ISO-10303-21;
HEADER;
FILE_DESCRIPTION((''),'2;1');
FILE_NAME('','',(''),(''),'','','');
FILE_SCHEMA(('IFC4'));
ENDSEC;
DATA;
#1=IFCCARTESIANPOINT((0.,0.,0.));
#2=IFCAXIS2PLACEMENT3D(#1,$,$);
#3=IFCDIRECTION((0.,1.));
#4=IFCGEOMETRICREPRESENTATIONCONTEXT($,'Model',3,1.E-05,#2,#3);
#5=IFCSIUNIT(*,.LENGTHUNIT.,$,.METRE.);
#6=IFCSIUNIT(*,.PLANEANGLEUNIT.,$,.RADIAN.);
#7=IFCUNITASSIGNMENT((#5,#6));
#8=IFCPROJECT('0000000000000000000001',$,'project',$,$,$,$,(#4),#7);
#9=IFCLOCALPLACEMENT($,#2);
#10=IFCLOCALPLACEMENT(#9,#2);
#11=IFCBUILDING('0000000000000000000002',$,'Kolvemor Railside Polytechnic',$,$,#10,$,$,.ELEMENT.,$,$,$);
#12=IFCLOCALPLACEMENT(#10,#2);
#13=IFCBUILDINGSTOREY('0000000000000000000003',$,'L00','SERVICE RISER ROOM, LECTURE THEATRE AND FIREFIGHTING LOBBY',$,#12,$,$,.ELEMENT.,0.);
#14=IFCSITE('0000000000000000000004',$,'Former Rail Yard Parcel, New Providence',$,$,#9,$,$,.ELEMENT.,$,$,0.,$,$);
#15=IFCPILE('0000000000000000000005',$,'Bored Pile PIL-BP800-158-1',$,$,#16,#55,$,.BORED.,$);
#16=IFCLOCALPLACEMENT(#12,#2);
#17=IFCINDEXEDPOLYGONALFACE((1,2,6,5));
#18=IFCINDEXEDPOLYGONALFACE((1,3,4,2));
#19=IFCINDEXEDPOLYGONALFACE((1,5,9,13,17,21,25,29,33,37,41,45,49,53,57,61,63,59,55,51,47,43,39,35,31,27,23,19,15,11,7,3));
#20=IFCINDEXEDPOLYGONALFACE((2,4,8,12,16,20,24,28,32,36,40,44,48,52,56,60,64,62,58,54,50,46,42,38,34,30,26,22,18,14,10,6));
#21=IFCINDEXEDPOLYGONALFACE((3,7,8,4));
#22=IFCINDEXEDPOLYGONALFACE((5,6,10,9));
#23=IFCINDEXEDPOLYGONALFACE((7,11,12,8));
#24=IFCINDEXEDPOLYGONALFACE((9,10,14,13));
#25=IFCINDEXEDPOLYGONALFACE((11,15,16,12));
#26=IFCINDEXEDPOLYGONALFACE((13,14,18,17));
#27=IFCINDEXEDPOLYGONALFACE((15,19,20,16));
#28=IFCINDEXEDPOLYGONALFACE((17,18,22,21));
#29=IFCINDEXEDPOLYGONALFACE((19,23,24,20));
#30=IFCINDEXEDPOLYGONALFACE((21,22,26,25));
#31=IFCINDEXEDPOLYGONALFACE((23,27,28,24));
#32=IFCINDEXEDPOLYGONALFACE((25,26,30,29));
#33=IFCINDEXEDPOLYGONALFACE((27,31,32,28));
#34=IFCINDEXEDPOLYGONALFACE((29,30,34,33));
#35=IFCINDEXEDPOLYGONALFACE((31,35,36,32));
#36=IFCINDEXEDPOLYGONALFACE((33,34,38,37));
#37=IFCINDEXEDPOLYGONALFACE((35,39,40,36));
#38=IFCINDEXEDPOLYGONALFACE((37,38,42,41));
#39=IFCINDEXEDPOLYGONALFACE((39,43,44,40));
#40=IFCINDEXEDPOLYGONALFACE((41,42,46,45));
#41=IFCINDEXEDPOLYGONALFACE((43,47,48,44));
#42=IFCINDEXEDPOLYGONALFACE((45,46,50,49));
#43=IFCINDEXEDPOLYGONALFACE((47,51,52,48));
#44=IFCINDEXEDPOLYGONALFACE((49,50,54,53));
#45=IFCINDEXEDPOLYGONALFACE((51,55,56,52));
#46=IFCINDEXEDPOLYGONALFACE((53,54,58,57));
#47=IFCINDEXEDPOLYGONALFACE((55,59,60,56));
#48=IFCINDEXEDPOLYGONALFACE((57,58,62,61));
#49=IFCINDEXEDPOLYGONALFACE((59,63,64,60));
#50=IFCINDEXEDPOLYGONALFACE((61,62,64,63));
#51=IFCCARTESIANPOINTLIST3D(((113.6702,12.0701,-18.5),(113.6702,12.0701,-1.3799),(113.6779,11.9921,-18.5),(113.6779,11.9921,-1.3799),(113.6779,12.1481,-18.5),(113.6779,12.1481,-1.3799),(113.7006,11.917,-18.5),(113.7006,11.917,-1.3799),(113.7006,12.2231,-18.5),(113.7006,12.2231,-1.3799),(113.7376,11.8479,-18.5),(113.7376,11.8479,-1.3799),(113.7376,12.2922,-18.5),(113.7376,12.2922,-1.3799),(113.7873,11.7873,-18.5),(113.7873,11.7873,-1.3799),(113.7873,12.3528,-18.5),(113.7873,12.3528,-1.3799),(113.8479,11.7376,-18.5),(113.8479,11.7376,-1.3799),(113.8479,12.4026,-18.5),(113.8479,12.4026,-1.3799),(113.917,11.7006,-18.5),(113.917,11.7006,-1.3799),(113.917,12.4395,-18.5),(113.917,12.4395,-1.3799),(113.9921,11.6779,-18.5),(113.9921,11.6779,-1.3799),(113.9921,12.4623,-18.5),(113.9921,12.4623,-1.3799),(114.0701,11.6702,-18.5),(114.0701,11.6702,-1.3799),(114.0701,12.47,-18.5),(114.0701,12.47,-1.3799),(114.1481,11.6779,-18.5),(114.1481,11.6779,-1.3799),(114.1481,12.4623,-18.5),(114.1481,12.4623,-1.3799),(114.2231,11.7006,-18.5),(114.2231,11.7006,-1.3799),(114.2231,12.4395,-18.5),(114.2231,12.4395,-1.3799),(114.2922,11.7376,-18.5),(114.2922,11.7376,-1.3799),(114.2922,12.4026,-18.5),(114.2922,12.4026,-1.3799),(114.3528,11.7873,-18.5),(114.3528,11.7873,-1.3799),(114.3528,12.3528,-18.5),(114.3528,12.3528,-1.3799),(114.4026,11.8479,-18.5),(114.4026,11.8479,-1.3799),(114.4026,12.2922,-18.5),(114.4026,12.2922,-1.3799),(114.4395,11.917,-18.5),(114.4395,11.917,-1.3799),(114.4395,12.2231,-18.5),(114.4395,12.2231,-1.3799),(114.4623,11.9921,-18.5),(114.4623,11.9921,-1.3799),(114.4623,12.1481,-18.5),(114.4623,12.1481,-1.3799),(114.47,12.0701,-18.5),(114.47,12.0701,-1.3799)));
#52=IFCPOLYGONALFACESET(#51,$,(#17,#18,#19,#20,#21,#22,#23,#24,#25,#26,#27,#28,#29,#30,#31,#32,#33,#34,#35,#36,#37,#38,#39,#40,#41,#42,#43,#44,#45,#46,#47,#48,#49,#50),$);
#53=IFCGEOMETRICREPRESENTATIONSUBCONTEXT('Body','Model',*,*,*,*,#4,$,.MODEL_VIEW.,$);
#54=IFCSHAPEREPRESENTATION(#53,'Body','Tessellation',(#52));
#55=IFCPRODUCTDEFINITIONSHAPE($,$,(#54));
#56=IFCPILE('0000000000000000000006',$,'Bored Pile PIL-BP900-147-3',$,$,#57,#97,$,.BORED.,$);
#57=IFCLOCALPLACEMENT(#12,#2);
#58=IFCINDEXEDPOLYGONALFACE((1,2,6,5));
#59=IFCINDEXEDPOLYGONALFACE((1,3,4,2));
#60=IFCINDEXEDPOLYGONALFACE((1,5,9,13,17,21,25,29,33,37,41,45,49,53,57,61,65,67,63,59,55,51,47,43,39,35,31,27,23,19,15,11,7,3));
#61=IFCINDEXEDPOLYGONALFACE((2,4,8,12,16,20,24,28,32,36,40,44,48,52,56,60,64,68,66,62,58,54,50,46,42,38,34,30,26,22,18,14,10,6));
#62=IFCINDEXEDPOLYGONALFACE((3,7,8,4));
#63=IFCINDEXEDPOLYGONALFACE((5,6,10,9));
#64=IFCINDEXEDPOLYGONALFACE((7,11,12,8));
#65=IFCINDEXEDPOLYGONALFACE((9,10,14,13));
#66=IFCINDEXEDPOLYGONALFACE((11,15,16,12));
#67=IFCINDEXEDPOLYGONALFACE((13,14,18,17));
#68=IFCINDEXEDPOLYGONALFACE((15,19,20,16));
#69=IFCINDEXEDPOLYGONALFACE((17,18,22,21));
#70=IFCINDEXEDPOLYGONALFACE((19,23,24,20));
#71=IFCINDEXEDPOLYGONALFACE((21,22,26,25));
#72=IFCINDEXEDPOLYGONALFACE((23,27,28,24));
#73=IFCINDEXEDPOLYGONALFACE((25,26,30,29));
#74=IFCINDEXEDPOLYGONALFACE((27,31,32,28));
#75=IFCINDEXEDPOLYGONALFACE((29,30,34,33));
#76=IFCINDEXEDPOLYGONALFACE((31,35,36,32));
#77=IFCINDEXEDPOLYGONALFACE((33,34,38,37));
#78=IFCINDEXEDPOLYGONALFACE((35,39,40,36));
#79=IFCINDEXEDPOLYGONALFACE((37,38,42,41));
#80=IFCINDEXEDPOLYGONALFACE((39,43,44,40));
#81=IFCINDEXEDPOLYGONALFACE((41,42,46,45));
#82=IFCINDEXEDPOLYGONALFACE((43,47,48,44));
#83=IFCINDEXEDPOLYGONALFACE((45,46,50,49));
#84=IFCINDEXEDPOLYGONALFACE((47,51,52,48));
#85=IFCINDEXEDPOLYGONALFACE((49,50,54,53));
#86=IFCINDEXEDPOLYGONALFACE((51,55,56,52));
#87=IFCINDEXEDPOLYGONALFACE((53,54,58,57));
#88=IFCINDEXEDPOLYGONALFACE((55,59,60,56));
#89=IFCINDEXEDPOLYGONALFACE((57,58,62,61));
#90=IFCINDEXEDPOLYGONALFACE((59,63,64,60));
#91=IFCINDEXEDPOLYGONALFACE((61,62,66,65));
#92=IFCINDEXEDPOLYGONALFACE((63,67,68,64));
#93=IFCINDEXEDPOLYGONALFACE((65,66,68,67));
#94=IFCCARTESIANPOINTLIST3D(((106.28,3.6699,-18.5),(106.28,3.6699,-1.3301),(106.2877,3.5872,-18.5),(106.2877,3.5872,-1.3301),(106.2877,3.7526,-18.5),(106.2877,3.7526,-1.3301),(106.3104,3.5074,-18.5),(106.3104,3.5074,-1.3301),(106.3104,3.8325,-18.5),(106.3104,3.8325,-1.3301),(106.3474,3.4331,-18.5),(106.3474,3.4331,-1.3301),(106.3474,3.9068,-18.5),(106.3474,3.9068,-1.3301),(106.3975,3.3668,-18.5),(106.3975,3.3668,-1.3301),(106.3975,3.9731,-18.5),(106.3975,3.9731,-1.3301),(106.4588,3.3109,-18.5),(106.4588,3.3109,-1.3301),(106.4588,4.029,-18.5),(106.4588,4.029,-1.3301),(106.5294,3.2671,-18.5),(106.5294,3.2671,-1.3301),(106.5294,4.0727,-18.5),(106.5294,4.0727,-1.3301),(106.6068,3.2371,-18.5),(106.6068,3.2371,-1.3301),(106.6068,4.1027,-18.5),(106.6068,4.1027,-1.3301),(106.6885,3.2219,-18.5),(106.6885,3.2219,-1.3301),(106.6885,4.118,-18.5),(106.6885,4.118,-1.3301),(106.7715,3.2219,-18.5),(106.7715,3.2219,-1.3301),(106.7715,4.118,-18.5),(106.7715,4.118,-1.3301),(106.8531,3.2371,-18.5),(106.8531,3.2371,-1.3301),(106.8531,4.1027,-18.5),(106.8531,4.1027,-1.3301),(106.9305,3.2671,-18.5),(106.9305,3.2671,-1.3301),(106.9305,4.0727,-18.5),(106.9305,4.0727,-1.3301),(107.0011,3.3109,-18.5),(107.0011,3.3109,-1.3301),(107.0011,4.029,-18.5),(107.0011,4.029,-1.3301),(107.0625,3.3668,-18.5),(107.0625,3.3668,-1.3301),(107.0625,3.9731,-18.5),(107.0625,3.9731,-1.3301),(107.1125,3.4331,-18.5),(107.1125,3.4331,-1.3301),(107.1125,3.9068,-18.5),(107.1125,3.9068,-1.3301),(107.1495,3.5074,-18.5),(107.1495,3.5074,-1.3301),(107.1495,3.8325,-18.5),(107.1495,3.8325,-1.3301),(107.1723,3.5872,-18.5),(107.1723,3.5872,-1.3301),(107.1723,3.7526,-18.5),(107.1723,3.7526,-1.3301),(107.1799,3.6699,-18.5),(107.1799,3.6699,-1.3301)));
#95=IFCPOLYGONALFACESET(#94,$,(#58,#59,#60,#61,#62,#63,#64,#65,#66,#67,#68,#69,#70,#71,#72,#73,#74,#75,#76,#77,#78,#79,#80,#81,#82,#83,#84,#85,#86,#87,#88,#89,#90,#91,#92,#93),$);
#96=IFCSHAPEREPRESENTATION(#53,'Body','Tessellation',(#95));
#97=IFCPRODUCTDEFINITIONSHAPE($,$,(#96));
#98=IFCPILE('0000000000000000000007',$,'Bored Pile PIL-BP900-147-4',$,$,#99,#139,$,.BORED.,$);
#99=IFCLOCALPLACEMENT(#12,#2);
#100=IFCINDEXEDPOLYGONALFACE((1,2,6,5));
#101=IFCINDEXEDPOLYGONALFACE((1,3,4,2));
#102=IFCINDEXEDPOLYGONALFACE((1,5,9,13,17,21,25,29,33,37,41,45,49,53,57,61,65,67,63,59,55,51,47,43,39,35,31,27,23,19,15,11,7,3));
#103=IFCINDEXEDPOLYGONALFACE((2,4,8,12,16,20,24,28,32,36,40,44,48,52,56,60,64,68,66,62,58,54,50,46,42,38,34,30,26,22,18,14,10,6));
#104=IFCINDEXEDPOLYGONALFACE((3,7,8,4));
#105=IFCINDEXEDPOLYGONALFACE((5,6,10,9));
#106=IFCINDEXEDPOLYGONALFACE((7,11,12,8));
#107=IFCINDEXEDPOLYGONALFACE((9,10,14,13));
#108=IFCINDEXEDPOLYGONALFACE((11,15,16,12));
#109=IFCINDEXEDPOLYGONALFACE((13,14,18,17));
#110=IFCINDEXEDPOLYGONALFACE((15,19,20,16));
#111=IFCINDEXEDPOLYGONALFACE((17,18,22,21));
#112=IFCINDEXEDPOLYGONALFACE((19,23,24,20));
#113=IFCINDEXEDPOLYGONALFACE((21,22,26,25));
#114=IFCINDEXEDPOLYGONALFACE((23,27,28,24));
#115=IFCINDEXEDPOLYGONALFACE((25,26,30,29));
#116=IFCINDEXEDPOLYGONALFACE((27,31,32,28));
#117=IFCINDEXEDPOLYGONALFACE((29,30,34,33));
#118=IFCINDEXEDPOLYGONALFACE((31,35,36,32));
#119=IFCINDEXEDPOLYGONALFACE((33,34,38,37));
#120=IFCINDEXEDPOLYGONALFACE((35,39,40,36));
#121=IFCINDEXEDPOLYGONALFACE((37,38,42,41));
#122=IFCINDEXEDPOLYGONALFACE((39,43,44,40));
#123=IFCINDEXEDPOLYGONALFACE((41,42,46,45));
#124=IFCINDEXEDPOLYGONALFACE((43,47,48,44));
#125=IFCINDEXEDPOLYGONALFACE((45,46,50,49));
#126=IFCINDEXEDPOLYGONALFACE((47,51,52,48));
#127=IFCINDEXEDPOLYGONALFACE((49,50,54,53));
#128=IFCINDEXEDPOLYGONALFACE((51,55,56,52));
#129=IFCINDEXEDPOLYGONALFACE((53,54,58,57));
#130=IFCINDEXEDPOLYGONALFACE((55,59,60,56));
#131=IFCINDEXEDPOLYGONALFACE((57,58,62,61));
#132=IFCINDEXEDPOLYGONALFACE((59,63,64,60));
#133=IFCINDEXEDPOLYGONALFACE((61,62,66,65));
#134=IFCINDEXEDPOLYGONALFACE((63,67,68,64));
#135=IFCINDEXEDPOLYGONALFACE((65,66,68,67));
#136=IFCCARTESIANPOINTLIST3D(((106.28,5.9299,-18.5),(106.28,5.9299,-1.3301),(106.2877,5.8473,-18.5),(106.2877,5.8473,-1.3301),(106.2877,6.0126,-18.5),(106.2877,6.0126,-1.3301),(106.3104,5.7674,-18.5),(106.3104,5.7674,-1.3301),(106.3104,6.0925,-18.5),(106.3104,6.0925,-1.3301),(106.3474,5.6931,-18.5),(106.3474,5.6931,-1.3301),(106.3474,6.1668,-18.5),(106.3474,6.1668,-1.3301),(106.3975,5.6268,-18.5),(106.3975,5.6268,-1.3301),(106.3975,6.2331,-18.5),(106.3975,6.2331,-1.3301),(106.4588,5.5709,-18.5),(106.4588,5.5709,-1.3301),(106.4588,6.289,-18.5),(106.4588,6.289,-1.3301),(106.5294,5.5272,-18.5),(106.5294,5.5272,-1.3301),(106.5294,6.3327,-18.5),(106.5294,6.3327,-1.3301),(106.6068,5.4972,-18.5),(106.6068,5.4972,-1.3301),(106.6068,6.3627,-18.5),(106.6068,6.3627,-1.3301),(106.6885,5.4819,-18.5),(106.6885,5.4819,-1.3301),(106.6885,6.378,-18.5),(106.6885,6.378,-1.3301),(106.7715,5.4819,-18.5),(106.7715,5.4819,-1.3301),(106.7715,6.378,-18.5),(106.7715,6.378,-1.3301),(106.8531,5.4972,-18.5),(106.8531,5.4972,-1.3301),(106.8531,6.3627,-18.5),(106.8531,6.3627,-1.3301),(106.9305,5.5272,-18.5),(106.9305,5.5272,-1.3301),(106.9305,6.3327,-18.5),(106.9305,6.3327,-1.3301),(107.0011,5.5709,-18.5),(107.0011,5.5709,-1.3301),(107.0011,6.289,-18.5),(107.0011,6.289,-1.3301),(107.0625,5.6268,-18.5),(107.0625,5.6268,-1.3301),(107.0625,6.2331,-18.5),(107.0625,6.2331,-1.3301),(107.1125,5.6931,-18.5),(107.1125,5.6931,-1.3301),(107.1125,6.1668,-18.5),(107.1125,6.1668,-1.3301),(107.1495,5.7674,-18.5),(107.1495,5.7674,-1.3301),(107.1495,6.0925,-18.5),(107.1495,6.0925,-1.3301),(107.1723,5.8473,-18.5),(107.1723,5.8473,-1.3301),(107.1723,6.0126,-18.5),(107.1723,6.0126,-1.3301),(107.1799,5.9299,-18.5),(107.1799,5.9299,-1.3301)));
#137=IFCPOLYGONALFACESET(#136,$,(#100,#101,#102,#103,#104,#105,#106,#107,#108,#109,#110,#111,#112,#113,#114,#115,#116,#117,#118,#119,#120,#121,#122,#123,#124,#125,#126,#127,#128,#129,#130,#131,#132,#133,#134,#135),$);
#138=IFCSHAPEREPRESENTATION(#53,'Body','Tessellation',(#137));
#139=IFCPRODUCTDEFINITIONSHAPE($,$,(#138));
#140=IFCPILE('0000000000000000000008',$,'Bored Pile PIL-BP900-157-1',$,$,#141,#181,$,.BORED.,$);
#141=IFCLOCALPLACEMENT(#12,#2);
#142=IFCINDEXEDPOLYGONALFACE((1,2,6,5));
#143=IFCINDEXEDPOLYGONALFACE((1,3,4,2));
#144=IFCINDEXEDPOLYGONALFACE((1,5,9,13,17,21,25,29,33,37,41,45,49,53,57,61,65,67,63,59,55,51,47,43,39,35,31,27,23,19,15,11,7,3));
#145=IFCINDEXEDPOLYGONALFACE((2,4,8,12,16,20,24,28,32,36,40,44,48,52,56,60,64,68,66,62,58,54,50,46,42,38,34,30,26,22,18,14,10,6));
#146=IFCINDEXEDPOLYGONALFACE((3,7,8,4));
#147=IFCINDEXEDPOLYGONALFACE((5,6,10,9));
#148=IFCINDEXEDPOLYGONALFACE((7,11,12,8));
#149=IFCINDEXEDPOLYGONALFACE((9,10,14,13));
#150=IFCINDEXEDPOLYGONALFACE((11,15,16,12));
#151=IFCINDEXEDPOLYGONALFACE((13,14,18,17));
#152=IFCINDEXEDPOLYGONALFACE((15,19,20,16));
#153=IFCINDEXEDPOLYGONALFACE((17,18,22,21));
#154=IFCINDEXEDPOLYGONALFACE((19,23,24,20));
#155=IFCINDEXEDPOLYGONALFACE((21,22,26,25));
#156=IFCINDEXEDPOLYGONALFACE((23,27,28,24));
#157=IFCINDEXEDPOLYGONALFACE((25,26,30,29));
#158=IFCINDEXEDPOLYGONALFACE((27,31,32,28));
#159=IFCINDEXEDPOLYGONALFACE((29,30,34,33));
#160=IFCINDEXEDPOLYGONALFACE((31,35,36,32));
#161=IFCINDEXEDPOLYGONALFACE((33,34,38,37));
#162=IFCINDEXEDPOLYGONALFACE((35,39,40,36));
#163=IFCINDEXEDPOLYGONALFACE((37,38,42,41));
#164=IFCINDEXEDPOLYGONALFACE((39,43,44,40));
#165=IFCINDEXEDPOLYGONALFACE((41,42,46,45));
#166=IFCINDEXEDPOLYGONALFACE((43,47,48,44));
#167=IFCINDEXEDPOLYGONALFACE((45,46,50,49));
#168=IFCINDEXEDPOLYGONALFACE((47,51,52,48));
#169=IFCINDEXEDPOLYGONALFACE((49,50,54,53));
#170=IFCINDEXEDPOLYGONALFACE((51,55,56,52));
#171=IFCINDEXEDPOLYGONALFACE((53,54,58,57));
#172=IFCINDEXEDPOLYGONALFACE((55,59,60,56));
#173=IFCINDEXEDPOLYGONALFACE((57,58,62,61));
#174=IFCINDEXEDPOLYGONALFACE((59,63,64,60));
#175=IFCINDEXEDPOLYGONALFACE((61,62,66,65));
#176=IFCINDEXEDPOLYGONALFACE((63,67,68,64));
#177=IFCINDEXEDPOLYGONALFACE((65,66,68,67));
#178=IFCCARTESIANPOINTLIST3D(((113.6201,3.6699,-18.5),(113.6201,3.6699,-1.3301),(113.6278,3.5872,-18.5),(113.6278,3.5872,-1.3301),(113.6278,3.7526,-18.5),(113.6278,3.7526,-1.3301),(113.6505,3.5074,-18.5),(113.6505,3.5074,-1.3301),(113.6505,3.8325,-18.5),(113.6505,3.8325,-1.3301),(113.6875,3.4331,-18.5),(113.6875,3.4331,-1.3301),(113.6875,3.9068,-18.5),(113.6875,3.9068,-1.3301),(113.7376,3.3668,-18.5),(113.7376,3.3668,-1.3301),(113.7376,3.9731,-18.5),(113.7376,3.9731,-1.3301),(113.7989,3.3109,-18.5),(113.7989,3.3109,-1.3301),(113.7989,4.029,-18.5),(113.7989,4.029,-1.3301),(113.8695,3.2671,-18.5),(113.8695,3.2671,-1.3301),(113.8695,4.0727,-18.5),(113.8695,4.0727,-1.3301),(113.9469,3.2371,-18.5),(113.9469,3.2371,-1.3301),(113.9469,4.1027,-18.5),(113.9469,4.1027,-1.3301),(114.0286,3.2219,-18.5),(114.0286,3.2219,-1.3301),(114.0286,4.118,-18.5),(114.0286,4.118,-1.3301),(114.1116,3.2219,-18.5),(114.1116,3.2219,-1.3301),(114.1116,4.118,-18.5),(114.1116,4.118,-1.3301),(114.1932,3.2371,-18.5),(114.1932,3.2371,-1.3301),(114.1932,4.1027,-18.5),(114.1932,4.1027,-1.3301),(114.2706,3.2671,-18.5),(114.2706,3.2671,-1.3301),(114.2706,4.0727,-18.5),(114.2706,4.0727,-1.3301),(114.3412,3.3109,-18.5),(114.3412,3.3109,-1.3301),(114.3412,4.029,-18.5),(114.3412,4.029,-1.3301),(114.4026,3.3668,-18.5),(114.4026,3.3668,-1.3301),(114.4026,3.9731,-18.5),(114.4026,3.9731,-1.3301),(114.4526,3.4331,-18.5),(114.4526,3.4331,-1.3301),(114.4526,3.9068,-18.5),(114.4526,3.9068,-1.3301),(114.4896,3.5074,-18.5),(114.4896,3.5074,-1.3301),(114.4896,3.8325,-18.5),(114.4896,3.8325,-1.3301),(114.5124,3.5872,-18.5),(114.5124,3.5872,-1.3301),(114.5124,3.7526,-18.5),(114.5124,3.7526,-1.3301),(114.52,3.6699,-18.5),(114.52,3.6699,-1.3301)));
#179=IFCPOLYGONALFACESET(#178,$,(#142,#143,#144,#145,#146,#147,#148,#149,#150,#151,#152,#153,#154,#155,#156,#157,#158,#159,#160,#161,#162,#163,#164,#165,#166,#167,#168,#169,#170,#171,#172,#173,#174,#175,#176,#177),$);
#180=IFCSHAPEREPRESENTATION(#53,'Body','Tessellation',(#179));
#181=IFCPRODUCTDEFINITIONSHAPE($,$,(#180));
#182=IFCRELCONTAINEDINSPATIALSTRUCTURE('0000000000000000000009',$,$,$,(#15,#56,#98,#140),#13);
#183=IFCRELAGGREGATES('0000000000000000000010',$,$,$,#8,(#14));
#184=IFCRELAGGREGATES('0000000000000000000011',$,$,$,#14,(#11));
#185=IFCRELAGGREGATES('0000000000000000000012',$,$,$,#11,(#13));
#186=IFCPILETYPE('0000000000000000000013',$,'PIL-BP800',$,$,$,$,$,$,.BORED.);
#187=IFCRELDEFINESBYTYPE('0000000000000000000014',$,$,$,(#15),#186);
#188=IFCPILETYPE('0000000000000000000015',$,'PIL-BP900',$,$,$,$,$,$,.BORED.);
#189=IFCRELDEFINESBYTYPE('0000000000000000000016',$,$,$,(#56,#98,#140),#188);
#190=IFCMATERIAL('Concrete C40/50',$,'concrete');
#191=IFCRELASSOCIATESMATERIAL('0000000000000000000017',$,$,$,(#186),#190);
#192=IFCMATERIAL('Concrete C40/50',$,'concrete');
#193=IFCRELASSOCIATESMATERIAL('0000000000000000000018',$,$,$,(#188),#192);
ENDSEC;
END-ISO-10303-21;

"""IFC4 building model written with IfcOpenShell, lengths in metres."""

from ifc_helpers import new_model, si_unit, direction, frame, origin, origin_2d, place, context, subcontext, project, spatial, circle, extrude, material, material_profile, profile_set, type_object, element, save


model = new_model("IFC4")

# Units and contexts
model_context = context("Model", 3, precision=1e-05, world=origin(), true_north=direction((0.0, 1.0)))
body_context = subcontext(model_context, "Body", "Model", "MODEL_VIEW")
ifc_project = project(units=[si_unit("LENGTHUNIT", "METRE"), si_unit("PLANEANGLEUNIT", "RADIAN")], contexts=[model_context])

# Site, building, storey
site_placement = place(None, origin())
site = spatial("IfcSite", under=ifc_project, at=site_placement, Name="Former Rail Yard Parcel, New Providence", CompositionType="ELEMENT", RefElevation=0.0)
building_placement = place(site_placement, origin())
building = spatial("IfcBuilding", under=site, at=building_placement, Name="Kolvemor Railside Polytechnic", CompositionType="ELEMENT")
storey_placement = place(building_placement, origin())
storey = spatial("IfcBuildingStorey", under=building, at=storey_placement, Name="L00", Description="SERVICE RISER ROOM, LECTURE THEATRE AND FIREFIGHTING LOBBY", CompositionType="ELEMENT", Elevation=0.0)

# Piles
ifc_material_1 = material(Name="Concrete C40/50", Category="concrete")
ifc_material_profile_1 = material_profile(ifc_material_1, circle(Radius=0.3999, at=origin_2d()), Name="BP800")
ifc_profile_set_1 = profile_set([ifc_material_profile_1], Name="Concrete C40/50")
pile_type_1 = type_object("IfcPileType", Name="PIL-BP800", PredefinedType="BORED", material=ifc_profile_set_1)
for number, where, z_axis, x_axis, name in (
    (1, (114.0701, 12.0701, -1.3799), (0.0, 0.0, -1.0), (1.0, 0.0, 0.0), "Bored Pile PIL-BP800-158-1"),
):
    element("IfcPile", number, at=place(storey_placement, frame(where, z_axis=z_axis, x_axis=x_axis)), inside=storey, type_object=pile_type_1, Name=name, PredefinedType="BORED", context=body_context, shape_type="SweptSolid", body=[
        extrude(circle(Radius=0.3999, at=origin_2d()), origin(), (0.0, 0.0, 1.0), 17.1201),
    ])
ifc_material_2 = material(Name="Concrete C40/50", Category="concrete")
ifc_material_profile_2 = material_profile(ifc_material_2, circle(Radius=0.45, at=origin_2d()), Name="BP900")
ifc_profile_set_2 = profile_set([ifc_material_profile_2], Name="Concrete C40/50")
pile_type_2 = type_object("IfcPileType", Name="PIL-BP900", PredefinedType="BORED", material=ifc_profile_set_2)
for number, where, z_axis, x_axis, name in (
    (2, (106.73, 3.6699, -1.3301), (0.0, 0.0, -1.0), (1.0, 0.0, 0.0), "Bored Pile PIL-BP900-147-3"),
    (3, (106.73, 5.9299, -1.3301), (0.0, 0.0, -1.0), (1.0, 0.0, 0.0), "Bored Pile PIL-BP900-147-4"),
    (4, (114.0701, 3.6699, -1.3301), (0.0, 0.0, -1.0), (1.0, 0.0, 0.0), "Bored Pile PIL-BP900-157-1"),
):
    element("IfcPile", number, at=place(storey_placement, frame(where, z_axis=z_axis, x_axis=x_axis)), inside=storey, type_object=pile_type_2, Name=name, PredefinedType="BORED", context=body_context, shape_type="SweptSolid", body=[
        extrude(circle(Radius=0.45, at=origin_2d()), origin(), (0.0, 0.0, 1.0), 17.1699),
    ])

save(model, "model.ifc")
